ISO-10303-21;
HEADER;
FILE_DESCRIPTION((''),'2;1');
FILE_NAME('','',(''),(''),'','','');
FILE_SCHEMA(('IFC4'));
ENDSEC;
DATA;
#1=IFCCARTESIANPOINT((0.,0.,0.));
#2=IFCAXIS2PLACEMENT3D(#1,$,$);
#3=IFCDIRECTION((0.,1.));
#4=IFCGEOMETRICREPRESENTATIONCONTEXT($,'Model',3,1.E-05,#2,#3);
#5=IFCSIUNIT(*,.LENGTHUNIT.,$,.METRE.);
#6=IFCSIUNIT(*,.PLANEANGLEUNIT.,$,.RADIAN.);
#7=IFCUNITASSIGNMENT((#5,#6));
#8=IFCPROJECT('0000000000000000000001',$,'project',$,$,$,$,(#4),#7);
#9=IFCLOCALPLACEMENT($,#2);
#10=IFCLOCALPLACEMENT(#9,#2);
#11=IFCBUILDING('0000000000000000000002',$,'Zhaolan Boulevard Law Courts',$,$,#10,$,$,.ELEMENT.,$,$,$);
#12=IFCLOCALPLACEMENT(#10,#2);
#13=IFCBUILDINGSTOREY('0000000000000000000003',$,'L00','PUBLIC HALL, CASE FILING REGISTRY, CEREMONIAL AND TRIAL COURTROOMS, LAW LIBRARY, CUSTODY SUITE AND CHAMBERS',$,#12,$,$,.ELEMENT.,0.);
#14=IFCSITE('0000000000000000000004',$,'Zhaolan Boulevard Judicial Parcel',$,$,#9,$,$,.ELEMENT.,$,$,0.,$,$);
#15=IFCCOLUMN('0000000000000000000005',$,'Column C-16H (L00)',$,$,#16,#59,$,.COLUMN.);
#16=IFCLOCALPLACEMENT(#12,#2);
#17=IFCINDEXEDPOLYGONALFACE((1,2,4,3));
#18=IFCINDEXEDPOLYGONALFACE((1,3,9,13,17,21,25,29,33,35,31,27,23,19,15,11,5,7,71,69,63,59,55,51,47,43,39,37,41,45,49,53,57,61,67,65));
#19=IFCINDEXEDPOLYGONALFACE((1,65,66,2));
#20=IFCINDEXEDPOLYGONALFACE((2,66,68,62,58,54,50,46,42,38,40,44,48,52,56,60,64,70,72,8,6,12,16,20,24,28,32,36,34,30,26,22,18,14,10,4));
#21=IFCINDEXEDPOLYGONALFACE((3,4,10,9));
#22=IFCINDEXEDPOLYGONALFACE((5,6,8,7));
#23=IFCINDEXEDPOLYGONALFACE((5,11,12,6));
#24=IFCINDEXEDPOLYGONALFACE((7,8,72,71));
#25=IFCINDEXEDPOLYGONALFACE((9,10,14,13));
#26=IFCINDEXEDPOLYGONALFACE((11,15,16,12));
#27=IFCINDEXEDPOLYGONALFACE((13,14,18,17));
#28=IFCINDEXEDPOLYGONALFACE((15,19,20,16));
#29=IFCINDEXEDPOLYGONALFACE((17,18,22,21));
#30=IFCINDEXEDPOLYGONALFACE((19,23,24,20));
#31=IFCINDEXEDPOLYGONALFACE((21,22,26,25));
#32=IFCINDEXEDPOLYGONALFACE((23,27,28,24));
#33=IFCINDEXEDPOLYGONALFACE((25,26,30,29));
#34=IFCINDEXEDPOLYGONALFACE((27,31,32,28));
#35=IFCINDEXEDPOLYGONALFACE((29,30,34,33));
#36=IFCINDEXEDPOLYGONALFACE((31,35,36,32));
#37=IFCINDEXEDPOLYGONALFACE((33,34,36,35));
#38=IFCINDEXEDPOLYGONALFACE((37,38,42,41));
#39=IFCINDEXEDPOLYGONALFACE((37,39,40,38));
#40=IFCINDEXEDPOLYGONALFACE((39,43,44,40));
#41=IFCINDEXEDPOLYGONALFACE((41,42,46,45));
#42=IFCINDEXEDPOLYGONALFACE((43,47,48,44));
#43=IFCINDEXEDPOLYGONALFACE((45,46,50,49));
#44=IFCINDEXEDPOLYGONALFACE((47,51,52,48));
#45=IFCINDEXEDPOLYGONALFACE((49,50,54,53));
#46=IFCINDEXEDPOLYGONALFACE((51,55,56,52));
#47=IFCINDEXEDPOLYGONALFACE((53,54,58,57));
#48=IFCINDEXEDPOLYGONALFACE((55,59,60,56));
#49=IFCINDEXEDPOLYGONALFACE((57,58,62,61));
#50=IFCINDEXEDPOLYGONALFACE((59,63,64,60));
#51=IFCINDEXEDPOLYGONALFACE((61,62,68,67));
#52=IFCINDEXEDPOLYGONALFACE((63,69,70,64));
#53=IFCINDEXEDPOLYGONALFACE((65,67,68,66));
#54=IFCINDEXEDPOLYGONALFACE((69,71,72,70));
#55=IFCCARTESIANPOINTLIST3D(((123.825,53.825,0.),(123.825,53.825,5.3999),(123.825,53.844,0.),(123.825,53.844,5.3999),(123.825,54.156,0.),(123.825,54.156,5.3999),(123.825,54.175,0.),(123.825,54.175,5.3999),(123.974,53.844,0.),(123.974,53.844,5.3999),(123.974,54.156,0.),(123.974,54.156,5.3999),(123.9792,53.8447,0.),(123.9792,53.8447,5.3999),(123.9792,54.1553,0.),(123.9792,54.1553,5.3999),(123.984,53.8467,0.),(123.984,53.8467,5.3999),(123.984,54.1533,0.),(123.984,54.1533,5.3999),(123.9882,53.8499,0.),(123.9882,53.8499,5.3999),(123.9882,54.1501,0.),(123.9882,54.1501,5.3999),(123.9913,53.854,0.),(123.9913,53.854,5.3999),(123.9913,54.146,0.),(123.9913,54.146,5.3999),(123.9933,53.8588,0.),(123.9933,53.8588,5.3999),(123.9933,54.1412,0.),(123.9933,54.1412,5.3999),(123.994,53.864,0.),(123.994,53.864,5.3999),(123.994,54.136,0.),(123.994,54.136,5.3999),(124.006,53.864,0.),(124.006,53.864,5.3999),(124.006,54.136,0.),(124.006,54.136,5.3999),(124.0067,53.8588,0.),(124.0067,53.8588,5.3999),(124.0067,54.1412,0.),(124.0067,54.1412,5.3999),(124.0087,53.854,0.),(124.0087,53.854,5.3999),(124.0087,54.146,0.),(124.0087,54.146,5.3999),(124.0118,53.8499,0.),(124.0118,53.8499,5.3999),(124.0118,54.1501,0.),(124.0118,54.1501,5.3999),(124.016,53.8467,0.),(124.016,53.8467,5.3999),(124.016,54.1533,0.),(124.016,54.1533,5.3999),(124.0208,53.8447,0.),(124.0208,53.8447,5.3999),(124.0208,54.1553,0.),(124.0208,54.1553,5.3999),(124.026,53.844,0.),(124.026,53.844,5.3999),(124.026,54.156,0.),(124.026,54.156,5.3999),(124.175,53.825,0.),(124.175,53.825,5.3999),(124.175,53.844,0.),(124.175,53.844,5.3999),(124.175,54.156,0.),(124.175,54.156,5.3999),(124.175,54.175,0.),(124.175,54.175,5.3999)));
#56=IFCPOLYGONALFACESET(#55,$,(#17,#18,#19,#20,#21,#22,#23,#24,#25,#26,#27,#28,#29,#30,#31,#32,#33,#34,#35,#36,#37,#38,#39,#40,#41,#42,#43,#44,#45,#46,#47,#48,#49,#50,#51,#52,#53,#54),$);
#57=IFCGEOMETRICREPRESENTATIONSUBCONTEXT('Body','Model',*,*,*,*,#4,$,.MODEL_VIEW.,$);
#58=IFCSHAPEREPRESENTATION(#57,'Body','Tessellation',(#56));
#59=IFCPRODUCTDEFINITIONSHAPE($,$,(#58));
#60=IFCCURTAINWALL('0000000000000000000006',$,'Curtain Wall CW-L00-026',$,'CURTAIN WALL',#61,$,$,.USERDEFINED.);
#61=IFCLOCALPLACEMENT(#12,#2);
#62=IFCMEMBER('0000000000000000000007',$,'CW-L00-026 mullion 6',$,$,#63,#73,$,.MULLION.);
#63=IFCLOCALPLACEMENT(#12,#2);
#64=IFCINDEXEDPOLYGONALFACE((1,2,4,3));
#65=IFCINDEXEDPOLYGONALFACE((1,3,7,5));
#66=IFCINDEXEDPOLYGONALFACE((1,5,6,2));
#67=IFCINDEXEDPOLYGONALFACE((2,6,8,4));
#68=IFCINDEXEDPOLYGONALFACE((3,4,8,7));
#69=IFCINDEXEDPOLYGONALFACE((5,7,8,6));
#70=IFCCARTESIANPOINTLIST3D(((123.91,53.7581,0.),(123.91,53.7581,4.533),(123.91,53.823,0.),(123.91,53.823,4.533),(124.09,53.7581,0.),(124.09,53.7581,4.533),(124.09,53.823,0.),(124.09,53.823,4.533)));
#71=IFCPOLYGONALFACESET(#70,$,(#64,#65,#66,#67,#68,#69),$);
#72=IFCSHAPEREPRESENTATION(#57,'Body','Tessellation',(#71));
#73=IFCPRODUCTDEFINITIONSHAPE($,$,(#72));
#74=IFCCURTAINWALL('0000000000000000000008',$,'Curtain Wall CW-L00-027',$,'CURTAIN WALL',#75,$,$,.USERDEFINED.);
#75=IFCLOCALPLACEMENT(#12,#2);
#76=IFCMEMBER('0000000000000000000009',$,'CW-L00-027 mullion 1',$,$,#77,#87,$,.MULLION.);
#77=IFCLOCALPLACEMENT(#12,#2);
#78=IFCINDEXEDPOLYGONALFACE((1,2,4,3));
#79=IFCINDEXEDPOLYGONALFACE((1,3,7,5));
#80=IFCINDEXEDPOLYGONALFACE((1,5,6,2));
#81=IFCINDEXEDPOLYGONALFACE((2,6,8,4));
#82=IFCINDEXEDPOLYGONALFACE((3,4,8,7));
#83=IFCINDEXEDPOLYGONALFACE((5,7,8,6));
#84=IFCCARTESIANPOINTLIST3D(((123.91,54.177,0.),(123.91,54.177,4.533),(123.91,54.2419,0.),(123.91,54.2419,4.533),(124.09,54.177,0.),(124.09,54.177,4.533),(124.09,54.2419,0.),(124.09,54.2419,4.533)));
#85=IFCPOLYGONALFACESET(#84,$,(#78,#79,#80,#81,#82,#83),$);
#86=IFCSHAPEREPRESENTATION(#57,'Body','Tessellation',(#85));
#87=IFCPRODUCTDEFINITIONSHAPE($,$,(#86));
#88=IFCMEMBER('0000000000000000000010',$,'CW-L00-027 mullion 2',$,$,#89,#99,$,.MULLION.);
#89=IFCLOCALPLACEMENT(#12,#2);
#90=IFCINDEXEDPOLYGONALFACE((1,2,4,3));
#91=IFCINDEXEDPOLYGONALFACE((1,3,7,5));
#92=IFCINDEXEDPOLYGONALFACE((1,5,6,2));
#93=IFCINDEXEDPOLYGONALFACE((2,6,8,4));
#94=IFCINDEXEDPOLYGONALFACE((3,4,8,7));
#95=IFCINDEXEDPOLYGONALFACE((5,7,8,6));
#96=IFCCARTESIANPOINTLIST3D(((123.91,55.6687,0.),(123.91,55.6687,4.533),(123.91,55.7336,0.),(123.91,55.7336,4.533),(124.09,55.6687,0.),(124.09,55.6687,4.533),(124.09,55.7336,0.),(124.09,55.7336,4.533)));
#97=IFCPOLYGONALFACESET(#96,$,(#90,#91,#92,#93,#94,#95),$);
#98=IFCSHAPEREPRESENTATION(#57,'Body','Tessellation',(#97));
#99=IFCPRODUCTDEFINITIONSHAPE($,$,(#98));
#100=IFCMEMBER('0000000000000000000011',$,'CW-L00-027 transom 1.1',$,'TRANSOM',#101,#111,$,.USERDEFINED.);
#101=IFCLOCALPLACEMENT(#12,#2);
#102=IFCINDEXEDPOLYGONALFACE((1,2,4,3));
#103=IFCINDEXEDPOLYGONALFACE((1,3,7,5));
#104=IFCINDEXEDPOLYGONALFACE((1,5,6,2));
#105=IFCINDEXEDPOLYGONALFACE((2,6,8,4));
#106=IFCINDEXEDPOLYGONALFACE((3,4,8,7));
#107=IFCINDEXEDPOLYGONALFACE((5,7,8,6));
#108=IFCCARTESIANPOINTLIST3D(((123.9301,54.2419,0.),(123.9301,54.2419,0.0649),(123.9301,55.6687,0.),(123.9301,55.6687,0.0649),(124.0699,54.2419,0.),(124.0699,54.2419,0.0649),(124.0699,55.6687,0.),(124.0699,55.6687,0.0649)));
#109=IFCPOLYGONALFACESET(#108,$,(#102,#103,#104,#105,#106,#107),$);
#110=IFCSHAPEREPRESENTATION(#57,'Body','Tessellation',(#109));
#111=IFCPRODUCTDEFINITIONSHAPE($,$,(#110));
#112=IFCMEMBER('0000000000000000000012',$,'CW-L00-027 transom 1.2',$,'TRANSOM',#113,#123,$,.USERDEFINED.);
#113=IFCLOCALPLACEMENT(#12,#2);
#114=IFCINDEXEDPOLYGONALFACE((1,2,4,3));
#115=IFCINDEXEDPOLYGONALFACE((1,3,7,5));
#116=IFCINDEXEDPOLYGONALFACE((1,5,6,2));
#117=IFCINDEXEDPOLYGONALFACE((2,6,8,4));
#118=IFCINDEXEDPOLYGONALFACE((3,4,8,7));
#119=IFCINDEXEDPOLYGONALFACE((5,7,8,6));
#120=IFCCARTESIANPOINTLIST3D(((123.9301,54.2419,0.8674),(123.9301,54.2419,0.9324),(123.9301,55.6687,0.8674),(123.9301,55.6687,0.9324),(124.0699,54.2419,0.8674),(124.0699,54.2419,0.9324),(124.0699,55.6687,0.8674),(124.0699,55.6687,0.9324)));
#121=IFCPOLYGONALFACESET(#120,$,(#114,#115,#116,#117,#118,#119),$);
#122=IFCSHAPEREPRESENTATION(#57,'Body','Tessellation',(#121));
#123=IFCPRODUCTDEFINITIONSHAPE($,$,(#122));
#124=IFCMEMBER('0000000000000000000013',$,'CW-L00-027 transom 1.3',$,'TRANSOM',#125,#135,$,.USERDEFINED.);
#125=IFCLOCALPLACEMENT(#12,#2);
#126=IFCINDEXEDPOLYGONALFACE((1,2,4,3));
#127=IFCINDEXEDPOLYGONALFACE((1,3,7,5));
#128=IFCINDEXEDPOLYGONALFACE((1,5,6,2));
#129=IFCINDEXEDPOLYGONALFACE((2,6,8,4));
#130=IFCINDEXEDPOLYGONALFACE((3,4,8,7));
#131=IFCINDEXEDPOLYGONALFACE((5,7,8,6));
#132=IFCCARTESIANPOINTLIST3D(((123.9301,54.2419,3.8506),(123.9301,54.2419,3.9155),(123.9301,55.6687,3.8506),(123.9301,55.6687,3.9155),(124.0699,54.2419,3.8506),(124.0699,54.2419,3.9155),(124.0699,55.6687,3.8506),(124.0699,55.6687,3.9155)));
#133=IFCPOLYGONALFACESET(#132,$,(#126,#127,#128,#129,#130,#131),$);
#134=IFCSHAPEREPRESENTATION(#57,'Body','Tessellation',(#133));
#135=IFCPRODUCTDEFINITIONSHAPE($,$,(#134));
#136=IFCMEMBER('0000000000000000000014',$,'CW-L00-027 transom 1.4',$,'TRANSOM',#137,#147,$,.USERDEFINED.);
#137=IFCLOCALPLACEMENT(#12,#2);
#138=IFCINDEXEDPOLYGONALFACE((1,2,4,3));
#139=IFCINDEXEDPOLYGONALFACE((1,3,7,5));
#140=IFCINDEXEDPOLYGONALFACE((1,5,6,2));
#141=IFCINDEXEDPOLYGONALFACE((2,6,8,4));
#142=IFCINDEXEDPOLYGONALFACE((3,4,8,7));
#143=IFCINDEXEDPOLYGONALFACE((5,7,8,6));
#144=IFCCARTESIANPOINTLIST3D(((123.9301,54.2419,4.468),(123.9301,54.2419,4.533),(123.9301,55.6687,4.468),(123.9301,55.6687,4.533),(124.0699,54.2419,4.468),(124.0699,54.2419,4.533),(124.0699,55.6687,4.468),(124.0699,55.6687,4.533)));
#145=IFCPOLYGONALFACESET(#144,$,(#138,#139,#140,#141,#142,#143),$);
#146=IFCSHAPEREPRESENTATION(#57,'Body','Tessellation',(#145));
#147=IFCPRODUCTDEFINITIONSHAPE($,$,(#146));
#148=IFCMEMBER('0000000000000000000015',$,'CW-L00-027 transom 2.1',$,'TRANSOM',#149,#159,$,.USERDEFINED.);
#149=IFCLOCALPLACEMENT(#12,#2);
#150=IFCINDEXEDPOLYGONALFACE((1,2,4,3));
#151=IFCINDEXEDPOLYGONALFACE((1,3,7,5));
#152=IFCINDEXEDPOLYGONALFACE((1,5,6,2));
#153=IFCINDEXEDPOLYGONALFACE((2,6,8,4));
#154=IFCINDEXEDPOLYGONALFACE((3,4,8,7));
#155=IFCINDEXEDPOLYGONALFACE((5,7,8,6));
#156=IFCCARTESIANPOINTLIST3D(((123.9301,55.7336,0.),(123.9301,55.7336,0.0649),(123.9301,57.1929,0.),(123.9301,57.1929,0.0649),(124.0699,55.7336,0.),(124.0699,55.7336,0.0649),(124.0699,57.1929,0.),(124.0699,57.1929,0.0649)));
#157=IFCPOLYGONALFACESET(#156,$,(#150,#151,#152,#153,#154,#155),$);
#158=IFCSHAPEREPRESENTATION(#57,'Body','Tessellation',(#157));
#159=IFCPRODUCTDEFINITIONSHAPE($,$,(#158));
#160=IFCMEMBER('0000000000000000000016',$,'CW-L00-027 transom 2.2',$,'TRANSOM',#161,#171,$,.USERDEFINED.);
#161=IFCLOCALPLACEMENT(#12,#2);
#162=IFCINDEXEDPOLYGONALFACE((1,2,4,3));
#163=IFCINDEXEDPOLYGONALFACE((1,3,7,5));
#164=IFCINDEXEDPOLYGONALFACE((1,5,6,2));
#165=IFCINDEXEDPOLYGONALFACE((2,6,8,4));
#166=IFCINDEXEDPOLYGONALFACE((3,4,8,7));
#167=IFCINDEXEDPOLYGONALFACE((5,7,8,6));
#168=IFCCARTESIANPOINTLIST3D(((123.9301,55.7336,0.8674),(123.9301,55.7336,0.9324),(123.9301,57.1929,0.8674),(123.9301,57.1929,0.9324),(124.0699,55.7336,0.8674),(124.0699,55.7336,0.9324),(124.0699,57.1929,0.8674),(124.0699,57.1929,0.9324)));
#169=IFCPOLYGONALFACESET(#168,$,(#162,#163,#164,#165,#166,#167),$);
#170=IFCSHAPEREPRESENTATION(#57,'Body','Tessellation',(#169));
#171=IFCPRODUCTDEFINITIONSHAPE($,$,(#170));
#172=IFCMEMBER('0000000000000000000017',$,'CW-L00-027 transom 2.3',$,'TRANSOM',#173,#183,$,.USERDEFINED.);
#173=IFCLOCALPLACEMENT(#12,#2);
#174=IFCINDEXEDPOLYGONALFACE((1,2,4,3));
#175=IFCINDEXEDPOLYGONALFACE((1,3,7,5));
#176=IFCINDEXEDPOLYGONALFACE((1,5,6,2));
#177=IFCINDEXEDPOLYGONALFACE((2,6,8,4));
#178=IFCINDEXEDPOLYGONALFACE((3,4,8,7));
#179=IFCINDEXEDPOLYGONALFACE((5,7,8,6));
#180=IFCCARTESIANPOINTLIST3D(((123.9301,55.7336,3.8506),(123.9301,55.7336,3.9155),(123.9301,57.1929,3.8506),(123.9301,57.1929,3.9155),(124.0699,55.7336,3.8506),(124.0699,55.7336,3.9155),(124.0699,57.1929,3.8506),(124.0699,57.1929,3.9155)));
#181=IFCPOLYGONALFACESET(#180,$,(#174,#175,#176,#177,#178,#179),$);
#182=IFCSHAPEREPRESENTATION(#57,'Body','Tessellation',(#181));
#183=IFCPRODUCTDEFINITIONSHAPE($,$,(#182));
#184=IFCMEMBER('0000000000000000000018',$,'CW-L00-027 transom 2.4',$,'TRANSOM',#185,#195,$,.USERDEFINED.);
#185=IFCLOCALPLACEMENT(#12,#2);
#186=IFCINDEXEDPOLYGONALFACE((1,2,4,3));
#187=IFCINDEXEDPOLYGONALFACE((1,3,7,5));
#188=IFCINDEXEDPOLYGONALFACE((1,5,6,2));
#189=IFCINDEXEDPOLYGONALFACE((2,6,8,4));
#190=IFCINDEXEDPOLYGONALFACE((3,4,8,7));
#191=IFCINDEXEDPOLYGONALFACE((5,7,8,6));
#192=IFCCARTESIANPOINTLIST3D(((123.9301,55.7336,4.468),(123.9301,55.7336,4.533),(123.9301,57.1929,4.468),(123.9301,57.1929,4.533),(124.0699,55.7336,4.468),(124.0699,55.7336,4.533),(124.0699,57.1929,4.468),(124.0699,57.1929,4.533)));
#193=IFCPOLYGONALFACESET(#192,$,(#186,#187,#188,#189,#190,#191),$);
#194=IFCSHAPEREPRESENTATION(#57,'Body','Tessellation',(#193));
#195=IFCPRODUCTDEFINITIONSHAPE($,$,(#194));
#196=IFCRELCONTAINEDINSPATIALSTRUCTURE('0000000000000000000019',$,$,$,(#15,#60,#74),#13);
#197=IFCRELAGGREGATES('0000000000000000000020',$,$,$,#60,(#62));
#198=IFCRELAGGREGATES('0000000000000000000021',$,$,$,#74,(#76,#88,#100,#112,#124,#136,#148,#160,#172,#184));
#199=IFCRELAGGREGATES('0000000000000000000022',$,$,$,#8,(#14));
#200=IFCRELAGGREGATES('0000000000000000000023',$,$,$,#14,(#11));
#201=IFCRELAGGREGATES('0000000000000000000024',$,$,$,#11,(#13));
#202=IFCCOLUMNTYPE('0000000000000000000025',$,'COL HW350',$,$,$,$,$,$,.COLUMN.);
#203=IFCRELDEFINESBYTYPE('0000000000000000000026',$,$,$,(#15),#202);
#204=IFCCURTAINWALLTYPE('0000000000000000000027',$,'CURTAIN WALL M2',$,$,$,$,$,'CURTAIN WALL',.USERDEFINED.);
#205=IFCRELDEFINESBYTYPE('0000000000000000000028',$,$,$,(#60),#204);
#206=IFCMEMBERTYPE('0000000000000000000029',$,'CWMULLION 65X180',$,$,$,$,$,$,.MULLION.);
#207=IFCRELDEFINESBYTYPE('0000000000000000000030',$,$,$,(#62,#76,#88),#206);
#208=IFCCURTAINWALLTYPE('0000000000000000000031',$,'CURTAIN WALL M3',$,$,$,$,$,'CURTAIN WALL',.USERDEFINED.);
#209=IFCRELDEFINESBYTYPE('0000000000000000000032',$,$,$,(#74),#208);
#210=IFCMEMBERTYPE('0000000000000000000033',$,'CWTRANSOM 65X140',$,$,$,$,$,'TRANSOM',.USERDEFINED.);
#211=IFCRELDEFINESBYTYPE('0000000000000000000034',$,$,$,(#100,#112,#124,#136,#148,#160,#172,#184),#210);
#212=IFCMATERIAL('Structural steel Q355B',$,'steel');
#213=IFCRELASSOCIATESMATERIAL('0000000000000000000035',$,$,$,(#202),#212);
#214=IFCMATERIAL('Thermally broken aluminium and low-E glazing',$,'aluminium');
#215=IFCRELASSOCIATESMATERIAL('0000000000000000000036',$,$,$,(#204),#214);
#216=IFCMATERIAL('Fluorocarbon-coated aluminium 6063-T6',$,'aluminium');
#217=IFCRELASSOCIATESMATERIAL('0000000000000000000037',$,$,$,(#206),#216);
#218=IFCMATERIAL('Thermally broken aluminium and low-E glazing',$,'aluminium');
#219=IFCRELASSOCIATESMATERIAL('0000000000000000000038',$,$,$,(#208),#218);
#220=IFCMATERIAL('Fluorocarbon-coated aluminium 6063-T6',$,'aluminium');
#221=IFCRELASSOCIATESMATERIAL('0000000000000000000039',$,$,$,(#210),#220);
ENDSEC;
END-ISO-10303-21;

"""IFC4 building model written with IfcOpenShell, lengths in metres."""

from ifc_helpers import new_model, si_unit, direction, frame, origin, origin_2d, place, context, subcontext, project, spatial, rectangle, i_section, extrude, material, material_profile, profile_set, type_object, element, aggregate, save


model = new_model("IFC4")

# Units and contexts
model_context = context("Model", 3, precision=1e-05, world=origin(), true_north=direction((0.0, 1.0)))
body_context = subcontext(model_context, "Body", "Model", "MODEL_VIEW")
ifc_project = project(units=[si_unit("LENGTHUNIT", "METRE"), si_unit("PLANEANGLEUNIT", "RADIAN")], contexts=[model_context])

# Site, building, storey
site_placement = place(None, origin())
site = spatial("IfcSite", under=ifc_project, at=site_placement, Name="Zhaolan Boulevard Judicial Parcel", CompositionType="ELEMENT", RefElevation=0.0)
building_placement = place(site_placement, origin())
building = spatial("IfcBuilding", under=site, at=building_placement, Name="Zhaolan Boulevard Law Courts", CompositionType="ELEMENT")
storey_placement = place(building_placement, origin())
storey = spatial("IfcBuildingStorey", under=building, at=storey_placement, Name="L00", Description="PUBLIC HALL, CASE FILING REGISTRY, CEREMONIAL AND TRIAL COURTROOMS, LAW LIBRARY, CUSTODY SUITE AND CHAMBERS", CompositionType="ELEMENT", Elevation=0.0)

# Column
ifc_material_1 = material(Name="Structural steel Q355B", Category="steel")
ifc_material_profile_1 = material_profile(ifc_material_1, i_section(OverallWidth=0.3501, OverallDepth=0.3501, WebThickness=0.012, FlangeThickness=0.019, FilletRadius=0.02, at=origin_2d()), Name="HW350x350")
ifc_profile_set_1 = profile_set([ifc_material_profile_1], Name="Structural steel Q355B")
column_type = type_object("IfcColumnType", Name="COL HW350", PredefinedType="COLUMN", material=ifc_profile_set_1)
column_placement = place(storey_placement, frame((124.0, 54.0, 0.0), z_axis=(0.0, 0.0, 1.0), x_axis=(1.0, 0.0, 0.0)))
element("IfcColumn", 1, at=column_placement, inside=storey, type_object=column_type, Name="Column C-16H (L00)", PredefinedType="COLUMN", context=body_context, shape_type="SweptSolid", body=[
    extrude(i_section(OverallWidth=0.3501, OverallDepth=0.3501, WebThickness=0.012, FlangeThickness=0.019, FilletRadius=0.02, at=origin_2d()), origin(), (0.0, 0.0, 1.0), 5.3999),
])

# Curtain wall, member
ifc_material_2 = material(Name="Thermally broken aluminium and low-E glazing", Category="aluminium")
curtain_wall_type_1 = type_object("IfcCurtainWallType", Name="CURTAIN WALL M2", ElementType="CURTAIN WALL", PredefinedType="USERDEFINED", material=ifc_material_2)
curtain_wall_1_placement = place(storey_placement, origin())
curtain_wall_1 = element("IfcCurtainWall", 2, at=curtain_wall_1_placement, inside=storey, type_object=curtain_wall_type_1, Name="Curtain Wall CW-L00-026", ObjectType="CURTAIN WALL", PredefinedType="USERDEFINED")
ifc_material_3 = material(Name="Fluorocarbon-coated aluminium 6063-T6", Category="aluminium")
ifc_material_profile_2 = material_profile(ifc_material_3, rectangle(XDim=0.1799, YDim=0.0649, at=origin_2d()), Name="AL65x180")
ifc_profile_set_2 = profile_set([ifc_material_profile_2], Name="Fluorocarbon-coated aluminium 6063-T6")
member_type_1 = type_object("IfcMemberType", Name="CWMULLION 65X180", PredefinedType="MULLION", material=ifc_profile_set_2)
member_1_placement = place(storey_placement, frame((124.0, 53.7905, 0.0), z_axis=(0.0, 0.0, 1.0), x_axis=(-1.0, 0.0, 0.0)))
member_1 = element("IfcMember", 3, at=member_1_placement, type_object=member_type_1, Name="CW-L00-026 mullion 6", PredefinedType="MULLION", context=body_context, shape_type="SweptSolid", body=[
    extrude(rectangle(XDim=0.1799, YDim=0.0649, at=origin_2d()), origin(), (0.0, 0.0, 1.0), 4.533),
])

# Curtain wall, members
ifc_material_4 = material(Name="Thermally broken aluminium and low-E glazing", Category="aluminium")
curtain_wall_type_2 = type_object("IfcCurtainWallType", Name="CURTAIN WALL M3", ElementType="CURTAIN WALL", PredefinedType="USERDEFINED", material=ifc_material_4)
curtain_wall_2_placement = place(storey_placement, origin())
curtain_wall_2 = element("IfcCurtainWall", 4, at=curtain_wall_2_placement, inside=storey, type_object=curtain_wall_type_2, Name="Curtain Wall CW-L00-027", ObjectType="CURTAIN WALL", PredefinedType="USERDEFINED")
member_2_placement = place(storey_placement, frame((124.0, 54.2095, 0.0), z_axis=(0.0, 0.0, 1.0), x_axis=(-1.0, 0.0, 0.0)))
member_2 = element("IfcMember", 5, at=member_2_placement, type_object=member_type_1, Name="CW-L00-027 mullion 1", PredefinedType="MULLION", context=body_context, shape_type="SweptSolid", body=[
    extrude(rectangle(XDim=0.1799, YDim=0.0649, at=origin_2d()), origin(), (0.0, 0.0, 1.0), 4.533),
])
member_3_placement = place(storey_placement, frame((124.0, 55.7012, 0.0), z_axis=(0.0, 0.0, 1.0), x_axis=(-1.0, 0.0, 0.0)))
member_3 = element("IfcMember", 6, at=member_3_placement, type_object=member_type_1, Name="CW-L00-027 mullion 2", PredefinedType="MULLION", context=body_context, shape_type="SweptSolid", body=[
    extrude(rectangle(XDim=0.1799, YDim=0.0649, at=origin_2d()), origin(), (0.0, 0.0, 1.0), 4.533),
])
ifc_material_5 = material(Name="Fluorocarbon-coated aluminium 6063-T6", Category="aluminium")
ifc_material_profile_3 = material_profile(ifc_material_5, rectangle(XDim=0.1399, YDim=0.0649, at=origin_2d()), Name="AL65x140")
ifc_profile_set_3 = profile_set([ifc_material_profile_3], Name="Fluorocarbon-coated aluminium 6063-T6")
member_type_2 = type_object("IfcMemberType", Name="CWTRANSOM 65X140", ElementType="TRANSOM", PredefinedType="USERDEFINED", material=ifc_profile_set_3)
member_4_placement = place(storey_placement, frame((124.0, 54.2419, 0.0325), z_axis=(0.0, 1.0, 0.0), x_axis=(-1.0, 0.0, 0.0)))
member_4 = element("IfcMember", 7, at=member_4_placement, type_object=member_type_2, Name="CW-L00-027 transom 1.1", ObjectType="TRANSOM", PredefinedType="USERDEFINED", context=body_context, shape_type="SweptSolid", body=[
    extrude(rectangle(XDim=0.1399, YDim=0.0649, at=origin_2d()), origin(), (0.0, 0.0, 1.0), 1.4268),
])
member_5_placement = place(storey_placement, frame((124.0, 54.2419, 0.8999), z_axis=(0.0, 1.0, 0.0), x_axis=(-1.0, 0.0, 0.0)))
member_5 = element("IfcMember", 8, at=member_5_placement, type_object=member_type_2, Name="CW-L00-027 transom 1.2", ObjectType="TRANSOM", PredefinedType="USERDEFINED", context=body_context, shape_type="SweptSolid", body=[
    extrude(rectangle(XDim=0.1399, YDim=0.0649, at=origin_2d()), origin(), (0.0, 0.0, 1.0), 1.4268),
])
member_6_placement = place(storey_placement, frame((124.0, 54.2419, 3.8831), z_axis=(0.0, 1.0, 0.0), x_axis=(-1.0, 0.0, 0.0)))
member_6 = element("IfcMember", 9, at=member_6_placement, type_object=member_type_2, Name="CW-L00-027 transom 1.3", ObjectType="TRANSOM", PredefinedType="USERDEFINED", context=body_context, shape_type="SweptSolid", body=[
    extrude(rectangle(XDim=0.1399, YDim=0.0649, at=origin_2d()), origin(), (0.0, 0.0, 1.0), 1.4268),
])
member_7_placement = place(storey_placement, frame((124.0, 54.2419, 4.5005), z_axis=(0.0, 1.0, 0.0), x_axis=(-1.0, 0.0, 0.0)))
member_7 = element("IfcMember", 10, at=member_7_placement, type_object=member_type_2, Name="CW-L00-027 transom 1.4", ObjectType="TRANSOM", PredefinedType="USERDEFINED", context=body_context, shape_type="SweptSolid", body=[
    extrude(rectangle(XDim=0.1399, YDim=0.0649, at=origin_2d()), origin(), (0.0, 0.0, 1.0), 1.4268),
])
member_8_placement = place(storey_placement, frame((124.0, 55.7336, 0.0325), z_axis=(0.0, 1.0, 0.0), x_axis=(-1.0, 0.0, 0.0)))
member_8 = element("IfcMember", 11, at=member_8_placement, type_object=member_type_2, Name="CW-L00-027 transom 2.1", ObjectType="TRANSOM", PredefinedType="USERDEFINED", context=body_context, shape_type="SweptSolid", body=[
    extrude(rectangle(XDim=0.1399, YDim=0.0649, at=origin_2d()), origin(), (0.0, 0.0, 1.0), 1.4592),
])
member_9_placement = place(storey_placement, frame((124.0, 55.7336, 0.8999), z_axis=(0.0, 1.0, 0.0), x_axis=(-1.0, 0.0, 0.0)))
member_9 = element("IfcMember", 12, at=member_9_placement, type_object=member_type_2, Name="CW-L00-027 transom 2.2", ObjectType="TRANSOM", PredefinedType="USERDEFINED", context=body_context, shape_type="SweptSolid", body=[
    extrude(rectangle(XDim=0.1399, YDim=0.0649, at=origin_2d()), origin(), (0.0, 0.0, 1.0), 1.4592),
])
member_10_placement = place(storey_placement, frame((124.0, 55.7336, 3.8831), z_axis=(0.0, 1.0, 0.0), x_axis=(-1.0, 0.0, 0.0)))
member_10 = element("IfcMember", 13, at=member_10_placement, type_object=member_type_2, Name="CW-L00-027 transom 2.3", ObjectType="TRANSOM", PredefinedType="USERDEFINED", context=body_context, shape_type="SweptSolid", body=[
    extrude(rectangle(XDim=0.1399, YDim=0.0649, at=origin_2d()), origin(), (0.0, 0.0, 1.0), 1.4592),
])
member_11_placement = place(storey_placement, frame((124.0, 55.7336, 4.5005), z_axis=(0.0, 1.0, 0.0), x_axis=(-1.0, 0.0, 0.0)))
member_11 = element("IfcMember", 14, at=member_11_placement, type_object=member_type_2, Name="CW-L00-027 transom 2.4", ObjectType="TRANSOM", PredefinedType="USERDEFINED", context=body_context, shape_type="SweptSolid", body=[
    extrude(rectangle(XDim=0.1399, YDim=0.0649, at=origin_2d()), origin(), (0.0, 0.0, 1.0), 1.4592),
])

aggregate(curtain_wall_1, [member_1])
aggregate(curtain_wall_2, [member_2, member_3, member_4, member_5, member_6, member_7, member_8, member_9, member_10, member_11])

save(model, "model.ifc")
